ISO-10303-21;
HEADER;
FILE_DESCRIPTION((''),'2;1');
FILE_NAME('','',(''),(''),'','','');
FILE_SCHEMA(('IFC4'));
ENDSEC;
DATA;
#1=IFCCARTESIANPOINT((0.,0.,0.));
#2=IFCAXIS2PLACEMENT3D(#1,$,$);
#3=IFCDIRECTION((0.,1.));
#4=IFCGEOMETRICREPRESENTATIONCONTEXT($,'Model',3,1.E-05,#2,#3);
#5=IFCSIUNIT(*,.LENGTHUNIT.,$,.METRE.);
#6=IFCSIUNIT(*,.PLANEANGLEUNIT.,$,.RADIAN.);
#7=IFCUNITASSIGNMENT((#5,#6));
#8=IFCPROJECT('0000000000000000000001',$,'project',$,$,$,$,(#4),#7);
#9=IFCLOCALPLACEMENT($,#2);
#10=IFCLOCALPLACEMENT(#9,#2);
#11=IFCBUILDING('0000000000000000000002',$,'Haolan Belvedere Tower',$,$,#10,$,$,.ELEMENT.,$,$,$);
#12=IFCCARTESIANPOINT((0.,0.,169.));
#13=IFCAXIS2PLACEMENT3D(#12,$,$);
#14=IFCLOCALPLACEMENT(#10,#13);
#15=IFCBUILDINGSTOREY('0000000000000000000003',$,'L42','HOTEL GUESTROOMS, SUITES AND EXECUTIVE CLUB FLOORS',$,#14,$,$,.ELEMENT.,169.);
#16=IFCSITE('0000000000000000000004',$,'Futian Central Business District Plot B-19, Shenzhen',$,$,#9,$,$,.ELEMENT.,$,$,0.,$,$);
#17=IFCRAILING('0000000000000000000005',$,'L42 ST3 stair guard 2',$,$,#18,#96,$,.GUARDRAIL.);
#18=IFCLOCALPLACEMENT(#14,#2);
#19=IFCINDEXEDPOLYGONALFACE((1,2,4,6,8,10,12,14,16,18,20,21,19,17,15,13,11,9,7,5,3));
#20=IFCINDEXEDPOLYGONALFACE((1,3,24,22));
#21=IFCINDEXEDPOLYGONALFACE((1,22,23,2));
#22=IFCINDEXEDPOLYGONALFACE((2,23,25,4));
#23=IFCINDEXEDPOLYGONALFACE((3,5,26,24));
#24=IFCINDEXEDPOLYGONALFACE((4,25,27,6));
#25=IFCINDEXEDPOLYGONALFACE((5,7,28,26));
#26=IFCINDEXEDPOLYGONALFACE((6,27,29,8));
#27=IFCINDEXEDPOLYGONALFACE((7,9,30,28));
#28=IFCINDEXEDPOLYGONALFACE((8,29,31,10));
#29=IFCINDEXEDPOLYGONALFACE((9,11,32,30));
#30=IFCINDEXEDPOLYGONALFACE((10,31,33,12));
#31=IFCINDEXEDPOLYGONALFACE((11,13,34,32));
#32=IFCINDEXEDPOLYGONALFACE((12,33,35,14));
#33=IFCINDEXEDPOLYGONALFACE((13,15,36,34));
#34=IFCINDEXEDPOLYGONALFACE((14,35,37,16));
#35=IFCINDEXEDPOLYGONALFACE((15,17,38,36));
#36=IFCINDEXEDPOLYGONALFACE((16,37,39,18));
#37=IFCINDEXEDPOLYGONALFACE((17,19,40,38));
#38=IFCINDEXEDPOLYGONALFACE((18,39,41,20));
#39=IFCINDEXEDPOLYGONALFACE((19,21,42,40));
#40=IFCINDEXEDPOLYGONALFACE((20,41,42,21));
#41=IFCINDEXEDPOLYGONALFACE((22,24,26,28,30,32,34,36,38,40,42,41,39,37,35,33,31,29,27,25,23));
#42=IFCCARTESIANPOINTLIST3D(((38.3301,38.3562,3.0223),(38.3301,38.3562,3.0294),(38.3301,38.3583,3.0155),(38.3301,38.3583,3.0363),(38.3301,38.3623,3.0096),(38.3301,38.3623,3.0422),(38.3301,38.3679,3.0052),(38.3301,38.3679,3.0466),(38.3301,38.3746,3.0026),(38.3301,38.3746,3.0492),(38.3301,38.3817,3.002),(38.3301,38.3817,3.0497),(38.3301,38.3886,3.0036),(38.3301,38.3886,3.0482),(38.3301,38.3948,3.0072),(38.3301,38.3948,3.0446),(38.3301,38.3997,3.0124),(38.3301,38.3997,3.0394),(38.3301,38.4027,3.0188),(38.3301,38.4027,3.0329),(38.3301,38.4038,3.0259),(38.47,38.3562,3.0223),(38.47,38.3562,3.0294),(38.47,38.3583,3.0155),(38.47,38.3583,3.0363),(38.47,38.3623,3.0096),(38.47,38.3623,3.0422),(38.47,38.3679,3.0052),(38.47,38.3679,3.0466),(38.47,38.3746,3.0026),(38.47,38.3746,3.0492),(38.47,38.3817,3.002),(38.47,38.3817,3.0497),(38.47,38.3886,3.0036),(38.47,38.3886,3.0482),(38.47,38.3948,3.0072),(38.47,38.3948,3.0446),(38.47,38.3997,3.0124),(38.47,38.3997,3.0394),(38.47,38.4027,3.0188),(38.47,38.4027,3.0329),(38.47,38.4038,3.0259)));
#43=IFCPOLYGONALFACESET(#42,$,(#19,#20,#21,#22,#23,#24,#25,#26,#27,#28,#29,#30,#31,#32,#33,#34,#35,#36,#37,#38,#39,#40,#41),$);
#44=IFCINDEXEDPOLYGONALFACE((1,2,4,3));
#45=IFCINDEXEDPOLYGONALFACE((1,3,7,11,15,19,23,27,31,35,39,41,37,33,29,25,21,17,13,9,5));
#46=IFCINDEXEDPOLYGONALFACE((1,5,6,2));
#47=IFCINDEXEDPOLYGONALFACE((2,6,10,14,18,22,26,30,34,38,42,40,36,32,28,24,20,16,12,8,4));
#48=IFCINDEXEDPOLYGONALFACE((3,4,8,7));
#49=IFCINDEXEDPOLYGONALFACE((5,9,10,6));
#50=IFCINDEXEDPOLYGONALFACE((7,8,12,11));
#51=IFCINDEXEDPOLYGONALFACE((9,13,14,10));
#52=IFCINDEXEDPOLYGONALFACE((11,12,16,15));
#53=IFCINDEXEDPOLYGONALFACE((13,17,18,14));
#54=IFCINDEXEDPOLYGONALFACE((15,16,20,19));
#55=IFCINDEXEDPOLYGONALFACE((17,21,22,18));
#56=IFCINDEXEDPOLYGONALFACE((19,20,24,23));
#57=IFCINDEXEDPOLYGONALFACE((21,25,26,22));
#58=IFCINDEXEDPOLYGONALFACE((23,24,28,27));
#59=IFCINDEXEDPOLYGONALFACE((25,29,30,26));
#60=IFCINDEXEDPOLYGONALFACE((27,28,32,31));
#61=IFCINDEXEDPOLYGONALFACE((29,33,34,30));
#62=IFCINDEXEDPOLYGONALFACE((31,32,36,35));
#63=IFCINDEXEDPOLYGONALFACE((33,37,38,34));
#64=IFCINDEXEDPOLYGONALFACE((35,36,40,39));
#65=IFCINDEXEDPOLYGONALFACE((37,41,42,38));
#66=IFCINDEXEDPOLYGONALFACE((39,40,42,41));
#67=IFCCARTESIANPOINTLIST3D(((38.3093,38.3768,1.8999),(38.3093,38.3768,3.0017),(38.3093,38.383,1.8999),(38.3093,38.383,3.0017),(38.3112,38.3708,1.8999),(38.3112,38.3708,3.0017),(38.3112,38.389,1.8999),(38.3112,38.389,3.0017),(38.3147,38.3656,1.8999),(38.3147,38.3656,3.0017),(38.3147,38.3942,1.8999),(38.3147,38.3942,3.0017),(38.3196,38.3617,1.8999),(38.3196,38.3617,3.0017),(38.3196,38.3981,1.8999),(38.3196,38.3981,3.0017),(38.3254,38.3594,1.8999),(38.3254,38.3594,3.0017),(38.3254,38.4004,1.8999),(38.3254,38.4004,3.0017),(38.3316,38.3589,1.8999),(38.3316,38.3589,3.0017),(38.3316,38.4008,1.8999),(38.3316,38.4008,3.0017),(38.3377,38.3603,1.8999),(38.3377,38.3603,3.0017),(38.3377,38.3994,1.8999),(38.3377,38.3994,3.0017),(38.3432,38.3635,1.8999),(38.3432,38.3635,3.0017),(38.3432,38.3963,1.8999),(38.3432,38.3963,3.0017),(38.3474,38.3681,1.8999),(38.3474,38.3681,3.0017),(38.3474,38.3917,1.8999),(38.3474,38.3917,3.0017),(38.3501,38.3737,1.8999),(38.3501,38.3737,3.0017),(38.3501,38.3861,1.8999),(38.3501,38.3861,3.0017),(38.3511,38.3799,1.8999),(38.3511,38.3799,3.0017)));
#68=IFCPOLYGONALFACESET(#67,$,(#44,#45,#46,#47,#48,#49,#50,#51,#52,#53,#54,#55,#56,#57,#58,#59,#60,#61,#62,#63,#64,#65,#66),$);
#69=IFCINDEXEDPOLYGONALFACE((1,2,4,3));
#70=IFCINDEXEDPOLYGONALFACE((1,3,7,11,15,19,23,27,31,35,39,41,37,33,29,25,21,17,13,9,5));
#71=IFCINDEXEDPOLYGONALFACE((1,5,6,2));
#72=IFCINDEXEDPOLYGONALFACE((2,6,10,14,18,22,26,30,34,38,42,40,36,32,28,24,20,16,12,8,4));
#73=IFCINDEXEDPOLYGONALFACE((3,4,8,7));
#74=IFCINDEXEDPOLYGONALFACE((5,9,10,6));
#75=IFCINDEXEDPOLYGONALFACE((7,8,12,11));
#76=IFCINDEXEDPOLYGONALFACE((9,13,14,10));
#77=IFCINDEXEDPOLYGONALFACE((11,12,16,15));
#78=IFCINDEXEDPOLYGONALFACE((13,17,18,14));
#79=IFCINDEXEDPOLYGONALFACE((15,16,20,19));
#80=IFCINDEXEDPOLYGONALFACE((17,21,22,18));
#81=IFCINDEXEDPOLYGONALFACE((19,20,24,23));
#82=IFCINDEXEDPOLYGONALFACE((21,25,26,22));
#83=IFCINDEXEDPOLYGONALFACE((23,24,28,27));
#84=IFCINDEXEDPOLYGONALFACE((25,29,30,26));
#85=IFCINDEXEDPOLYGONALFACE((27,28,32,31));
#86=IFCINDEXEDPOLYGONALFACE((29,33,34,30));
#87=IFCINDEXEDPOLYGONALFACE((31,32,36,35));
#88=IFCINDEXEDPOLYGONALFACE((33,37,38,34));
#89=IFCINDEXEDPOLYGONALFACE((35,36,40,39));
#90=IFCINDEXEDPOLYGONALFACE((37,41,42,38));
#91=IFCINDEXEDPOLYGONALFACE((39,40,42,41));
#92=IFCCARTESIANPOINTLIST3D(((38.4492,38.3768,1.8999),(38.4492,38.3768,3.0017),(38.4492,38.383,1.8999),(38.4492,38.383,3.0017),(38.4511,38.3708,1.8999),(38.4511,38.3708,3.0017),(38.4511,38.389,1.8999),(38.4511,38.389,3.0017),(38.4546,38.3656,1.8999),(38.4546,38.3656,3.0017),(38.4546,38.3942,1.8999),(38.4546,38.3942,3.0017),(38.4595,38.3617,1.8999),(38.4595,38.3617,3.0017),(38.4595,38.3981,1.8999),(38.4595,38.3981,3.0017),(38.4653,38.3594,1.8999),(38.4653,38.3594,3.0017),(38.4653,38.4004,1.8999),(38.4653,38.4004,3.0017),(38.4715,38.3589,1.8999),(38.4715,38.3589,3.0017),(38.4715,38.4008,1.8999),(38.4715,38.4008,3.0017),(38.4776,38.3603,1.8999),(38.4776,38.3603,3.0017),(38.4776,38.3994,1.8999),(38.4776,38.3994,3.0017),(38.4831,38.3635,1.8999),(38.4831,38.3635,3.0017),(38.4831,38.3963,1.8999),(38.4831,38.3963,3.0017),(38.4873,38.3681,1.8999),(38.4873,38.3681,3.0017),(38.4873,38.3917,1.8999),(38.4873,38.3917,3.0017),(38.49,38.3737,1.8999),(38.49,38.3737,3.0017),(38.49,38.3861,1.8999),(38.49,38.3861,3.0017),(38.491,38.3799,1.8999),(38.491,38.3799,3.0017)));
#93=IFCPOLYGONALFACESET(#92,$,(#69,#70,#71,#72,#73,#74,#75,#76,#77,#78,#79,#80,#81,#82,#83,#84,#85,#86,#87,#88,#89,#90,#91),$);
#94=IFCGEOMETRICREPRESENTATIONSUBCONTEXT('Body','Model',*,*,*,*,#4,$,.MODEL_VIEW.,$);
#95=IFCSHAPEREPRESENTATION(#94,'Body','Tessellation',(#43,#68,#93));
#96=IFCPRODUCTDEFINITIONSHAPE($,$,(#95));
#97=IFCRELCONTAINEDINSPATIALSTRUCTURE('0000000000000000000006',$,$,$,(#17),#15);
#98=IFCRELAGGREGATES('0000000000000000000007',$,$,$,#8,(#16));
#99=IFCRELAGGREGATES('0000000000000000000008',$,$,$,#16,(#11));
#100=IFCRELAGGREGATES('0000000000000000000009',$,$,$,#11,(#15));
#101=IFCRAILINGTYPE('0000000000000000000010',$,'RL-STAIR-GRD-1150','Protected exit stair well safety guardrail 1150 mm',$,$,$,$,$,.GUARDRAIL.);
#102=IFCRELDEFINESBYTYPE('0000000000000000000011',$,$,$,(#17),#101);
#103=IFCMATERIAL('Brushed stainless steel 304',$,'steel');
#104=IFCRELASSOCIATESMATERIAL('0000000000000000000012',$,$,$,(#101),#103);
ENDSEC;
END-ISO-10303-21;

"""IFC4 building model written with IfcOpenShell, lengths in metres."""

from ifc_helpers import new_model, si_unit, direction, frame, origin, origin_2d, place, context, subcontext, project, spatial, circle, extrude, material, type_object, element, save


model = new_model("IFC4")

# Units and contexts
model_context = context("Model", 3, precision=1e-05, world=origin(), true_north=direction((0.0, 1.0)))
body_context = subcontext(model_context, "Body", "Model", "MODEL_VIEW")
ifc_project = project(units=[si_unit("LENGTHUNIT", "METRE"), si_unit("PLANEANGLEUNIT", "RADIAN")], contexts=[model_context])

# Site, building, storey
site_placement = place(None, origin())
site = spatial("IfcSite", under=ifc_project, at=site_placement, Name="Futian Central Business District Plot B-19, Shenzhen", CompositionType="ELEMENT", RefElevation=0.0)
building_placement = place(site_placement, origin())
building = spatial("IfcBuilding", under=site, at=building_placement, Name="Haolan Belvedere Tower", CompositionType="ELEMENT")
storey_placement = place(building_placement, frame((0.0, 0.0, 169.0)))
storey = spatial("IfcBuildingStorey", under=building, at=storey_placement, Name="L42", Description="HOTEL GUESTROOMS, SUITES AND EXECUTIVE CLUB FLOORS", CompositionType="ELEMENT", Elevation=169.0)

# Railing
ifc_material_1 = material(Name="Brushed stainless steel 304", Category="steel")
railing_type_1 = type_object("IfcRailingType", Name="RL-STAIR-GRD-1150", Description="Protected exit stair well safety guardrail 1150 mm", PredefinedType="GUARDRAIL", material=ifc_material_1)
railing_1_placement = place(storey_placement, frame((38.3301, 38.3799, 1.8999)))
element("IfcRailing", 1, at=railing_1_placement, inside=storey, type_object=railing_type_1, Name="L42 ST3 stair guard 2", PredefinedType="GUARDRAIL", context=body_context, shape_type="SweptSolid", body=[
    extrude(circle(Radius=0.0239, at=origin_2d()), frame((0.0, 0.0, 1.126), z_axis=(1.0, 0.0, 0.0), x_axis=(0.0, 1.0, 0.0)), (0.0, 0.0, 1.0), 0.1399),
    extrude(circle(Radius=0.021, at=origin_2d()), origin(), (0.0, 0.0, 1.0), 1.1018),
    extrude(circle(Radius=0.021, at=origin_2d()), frame((0.1399, 0.0, 0.0)), (0.0, 0.0, 1.0), 1.1018),
])

save(model, "model.ifc")
